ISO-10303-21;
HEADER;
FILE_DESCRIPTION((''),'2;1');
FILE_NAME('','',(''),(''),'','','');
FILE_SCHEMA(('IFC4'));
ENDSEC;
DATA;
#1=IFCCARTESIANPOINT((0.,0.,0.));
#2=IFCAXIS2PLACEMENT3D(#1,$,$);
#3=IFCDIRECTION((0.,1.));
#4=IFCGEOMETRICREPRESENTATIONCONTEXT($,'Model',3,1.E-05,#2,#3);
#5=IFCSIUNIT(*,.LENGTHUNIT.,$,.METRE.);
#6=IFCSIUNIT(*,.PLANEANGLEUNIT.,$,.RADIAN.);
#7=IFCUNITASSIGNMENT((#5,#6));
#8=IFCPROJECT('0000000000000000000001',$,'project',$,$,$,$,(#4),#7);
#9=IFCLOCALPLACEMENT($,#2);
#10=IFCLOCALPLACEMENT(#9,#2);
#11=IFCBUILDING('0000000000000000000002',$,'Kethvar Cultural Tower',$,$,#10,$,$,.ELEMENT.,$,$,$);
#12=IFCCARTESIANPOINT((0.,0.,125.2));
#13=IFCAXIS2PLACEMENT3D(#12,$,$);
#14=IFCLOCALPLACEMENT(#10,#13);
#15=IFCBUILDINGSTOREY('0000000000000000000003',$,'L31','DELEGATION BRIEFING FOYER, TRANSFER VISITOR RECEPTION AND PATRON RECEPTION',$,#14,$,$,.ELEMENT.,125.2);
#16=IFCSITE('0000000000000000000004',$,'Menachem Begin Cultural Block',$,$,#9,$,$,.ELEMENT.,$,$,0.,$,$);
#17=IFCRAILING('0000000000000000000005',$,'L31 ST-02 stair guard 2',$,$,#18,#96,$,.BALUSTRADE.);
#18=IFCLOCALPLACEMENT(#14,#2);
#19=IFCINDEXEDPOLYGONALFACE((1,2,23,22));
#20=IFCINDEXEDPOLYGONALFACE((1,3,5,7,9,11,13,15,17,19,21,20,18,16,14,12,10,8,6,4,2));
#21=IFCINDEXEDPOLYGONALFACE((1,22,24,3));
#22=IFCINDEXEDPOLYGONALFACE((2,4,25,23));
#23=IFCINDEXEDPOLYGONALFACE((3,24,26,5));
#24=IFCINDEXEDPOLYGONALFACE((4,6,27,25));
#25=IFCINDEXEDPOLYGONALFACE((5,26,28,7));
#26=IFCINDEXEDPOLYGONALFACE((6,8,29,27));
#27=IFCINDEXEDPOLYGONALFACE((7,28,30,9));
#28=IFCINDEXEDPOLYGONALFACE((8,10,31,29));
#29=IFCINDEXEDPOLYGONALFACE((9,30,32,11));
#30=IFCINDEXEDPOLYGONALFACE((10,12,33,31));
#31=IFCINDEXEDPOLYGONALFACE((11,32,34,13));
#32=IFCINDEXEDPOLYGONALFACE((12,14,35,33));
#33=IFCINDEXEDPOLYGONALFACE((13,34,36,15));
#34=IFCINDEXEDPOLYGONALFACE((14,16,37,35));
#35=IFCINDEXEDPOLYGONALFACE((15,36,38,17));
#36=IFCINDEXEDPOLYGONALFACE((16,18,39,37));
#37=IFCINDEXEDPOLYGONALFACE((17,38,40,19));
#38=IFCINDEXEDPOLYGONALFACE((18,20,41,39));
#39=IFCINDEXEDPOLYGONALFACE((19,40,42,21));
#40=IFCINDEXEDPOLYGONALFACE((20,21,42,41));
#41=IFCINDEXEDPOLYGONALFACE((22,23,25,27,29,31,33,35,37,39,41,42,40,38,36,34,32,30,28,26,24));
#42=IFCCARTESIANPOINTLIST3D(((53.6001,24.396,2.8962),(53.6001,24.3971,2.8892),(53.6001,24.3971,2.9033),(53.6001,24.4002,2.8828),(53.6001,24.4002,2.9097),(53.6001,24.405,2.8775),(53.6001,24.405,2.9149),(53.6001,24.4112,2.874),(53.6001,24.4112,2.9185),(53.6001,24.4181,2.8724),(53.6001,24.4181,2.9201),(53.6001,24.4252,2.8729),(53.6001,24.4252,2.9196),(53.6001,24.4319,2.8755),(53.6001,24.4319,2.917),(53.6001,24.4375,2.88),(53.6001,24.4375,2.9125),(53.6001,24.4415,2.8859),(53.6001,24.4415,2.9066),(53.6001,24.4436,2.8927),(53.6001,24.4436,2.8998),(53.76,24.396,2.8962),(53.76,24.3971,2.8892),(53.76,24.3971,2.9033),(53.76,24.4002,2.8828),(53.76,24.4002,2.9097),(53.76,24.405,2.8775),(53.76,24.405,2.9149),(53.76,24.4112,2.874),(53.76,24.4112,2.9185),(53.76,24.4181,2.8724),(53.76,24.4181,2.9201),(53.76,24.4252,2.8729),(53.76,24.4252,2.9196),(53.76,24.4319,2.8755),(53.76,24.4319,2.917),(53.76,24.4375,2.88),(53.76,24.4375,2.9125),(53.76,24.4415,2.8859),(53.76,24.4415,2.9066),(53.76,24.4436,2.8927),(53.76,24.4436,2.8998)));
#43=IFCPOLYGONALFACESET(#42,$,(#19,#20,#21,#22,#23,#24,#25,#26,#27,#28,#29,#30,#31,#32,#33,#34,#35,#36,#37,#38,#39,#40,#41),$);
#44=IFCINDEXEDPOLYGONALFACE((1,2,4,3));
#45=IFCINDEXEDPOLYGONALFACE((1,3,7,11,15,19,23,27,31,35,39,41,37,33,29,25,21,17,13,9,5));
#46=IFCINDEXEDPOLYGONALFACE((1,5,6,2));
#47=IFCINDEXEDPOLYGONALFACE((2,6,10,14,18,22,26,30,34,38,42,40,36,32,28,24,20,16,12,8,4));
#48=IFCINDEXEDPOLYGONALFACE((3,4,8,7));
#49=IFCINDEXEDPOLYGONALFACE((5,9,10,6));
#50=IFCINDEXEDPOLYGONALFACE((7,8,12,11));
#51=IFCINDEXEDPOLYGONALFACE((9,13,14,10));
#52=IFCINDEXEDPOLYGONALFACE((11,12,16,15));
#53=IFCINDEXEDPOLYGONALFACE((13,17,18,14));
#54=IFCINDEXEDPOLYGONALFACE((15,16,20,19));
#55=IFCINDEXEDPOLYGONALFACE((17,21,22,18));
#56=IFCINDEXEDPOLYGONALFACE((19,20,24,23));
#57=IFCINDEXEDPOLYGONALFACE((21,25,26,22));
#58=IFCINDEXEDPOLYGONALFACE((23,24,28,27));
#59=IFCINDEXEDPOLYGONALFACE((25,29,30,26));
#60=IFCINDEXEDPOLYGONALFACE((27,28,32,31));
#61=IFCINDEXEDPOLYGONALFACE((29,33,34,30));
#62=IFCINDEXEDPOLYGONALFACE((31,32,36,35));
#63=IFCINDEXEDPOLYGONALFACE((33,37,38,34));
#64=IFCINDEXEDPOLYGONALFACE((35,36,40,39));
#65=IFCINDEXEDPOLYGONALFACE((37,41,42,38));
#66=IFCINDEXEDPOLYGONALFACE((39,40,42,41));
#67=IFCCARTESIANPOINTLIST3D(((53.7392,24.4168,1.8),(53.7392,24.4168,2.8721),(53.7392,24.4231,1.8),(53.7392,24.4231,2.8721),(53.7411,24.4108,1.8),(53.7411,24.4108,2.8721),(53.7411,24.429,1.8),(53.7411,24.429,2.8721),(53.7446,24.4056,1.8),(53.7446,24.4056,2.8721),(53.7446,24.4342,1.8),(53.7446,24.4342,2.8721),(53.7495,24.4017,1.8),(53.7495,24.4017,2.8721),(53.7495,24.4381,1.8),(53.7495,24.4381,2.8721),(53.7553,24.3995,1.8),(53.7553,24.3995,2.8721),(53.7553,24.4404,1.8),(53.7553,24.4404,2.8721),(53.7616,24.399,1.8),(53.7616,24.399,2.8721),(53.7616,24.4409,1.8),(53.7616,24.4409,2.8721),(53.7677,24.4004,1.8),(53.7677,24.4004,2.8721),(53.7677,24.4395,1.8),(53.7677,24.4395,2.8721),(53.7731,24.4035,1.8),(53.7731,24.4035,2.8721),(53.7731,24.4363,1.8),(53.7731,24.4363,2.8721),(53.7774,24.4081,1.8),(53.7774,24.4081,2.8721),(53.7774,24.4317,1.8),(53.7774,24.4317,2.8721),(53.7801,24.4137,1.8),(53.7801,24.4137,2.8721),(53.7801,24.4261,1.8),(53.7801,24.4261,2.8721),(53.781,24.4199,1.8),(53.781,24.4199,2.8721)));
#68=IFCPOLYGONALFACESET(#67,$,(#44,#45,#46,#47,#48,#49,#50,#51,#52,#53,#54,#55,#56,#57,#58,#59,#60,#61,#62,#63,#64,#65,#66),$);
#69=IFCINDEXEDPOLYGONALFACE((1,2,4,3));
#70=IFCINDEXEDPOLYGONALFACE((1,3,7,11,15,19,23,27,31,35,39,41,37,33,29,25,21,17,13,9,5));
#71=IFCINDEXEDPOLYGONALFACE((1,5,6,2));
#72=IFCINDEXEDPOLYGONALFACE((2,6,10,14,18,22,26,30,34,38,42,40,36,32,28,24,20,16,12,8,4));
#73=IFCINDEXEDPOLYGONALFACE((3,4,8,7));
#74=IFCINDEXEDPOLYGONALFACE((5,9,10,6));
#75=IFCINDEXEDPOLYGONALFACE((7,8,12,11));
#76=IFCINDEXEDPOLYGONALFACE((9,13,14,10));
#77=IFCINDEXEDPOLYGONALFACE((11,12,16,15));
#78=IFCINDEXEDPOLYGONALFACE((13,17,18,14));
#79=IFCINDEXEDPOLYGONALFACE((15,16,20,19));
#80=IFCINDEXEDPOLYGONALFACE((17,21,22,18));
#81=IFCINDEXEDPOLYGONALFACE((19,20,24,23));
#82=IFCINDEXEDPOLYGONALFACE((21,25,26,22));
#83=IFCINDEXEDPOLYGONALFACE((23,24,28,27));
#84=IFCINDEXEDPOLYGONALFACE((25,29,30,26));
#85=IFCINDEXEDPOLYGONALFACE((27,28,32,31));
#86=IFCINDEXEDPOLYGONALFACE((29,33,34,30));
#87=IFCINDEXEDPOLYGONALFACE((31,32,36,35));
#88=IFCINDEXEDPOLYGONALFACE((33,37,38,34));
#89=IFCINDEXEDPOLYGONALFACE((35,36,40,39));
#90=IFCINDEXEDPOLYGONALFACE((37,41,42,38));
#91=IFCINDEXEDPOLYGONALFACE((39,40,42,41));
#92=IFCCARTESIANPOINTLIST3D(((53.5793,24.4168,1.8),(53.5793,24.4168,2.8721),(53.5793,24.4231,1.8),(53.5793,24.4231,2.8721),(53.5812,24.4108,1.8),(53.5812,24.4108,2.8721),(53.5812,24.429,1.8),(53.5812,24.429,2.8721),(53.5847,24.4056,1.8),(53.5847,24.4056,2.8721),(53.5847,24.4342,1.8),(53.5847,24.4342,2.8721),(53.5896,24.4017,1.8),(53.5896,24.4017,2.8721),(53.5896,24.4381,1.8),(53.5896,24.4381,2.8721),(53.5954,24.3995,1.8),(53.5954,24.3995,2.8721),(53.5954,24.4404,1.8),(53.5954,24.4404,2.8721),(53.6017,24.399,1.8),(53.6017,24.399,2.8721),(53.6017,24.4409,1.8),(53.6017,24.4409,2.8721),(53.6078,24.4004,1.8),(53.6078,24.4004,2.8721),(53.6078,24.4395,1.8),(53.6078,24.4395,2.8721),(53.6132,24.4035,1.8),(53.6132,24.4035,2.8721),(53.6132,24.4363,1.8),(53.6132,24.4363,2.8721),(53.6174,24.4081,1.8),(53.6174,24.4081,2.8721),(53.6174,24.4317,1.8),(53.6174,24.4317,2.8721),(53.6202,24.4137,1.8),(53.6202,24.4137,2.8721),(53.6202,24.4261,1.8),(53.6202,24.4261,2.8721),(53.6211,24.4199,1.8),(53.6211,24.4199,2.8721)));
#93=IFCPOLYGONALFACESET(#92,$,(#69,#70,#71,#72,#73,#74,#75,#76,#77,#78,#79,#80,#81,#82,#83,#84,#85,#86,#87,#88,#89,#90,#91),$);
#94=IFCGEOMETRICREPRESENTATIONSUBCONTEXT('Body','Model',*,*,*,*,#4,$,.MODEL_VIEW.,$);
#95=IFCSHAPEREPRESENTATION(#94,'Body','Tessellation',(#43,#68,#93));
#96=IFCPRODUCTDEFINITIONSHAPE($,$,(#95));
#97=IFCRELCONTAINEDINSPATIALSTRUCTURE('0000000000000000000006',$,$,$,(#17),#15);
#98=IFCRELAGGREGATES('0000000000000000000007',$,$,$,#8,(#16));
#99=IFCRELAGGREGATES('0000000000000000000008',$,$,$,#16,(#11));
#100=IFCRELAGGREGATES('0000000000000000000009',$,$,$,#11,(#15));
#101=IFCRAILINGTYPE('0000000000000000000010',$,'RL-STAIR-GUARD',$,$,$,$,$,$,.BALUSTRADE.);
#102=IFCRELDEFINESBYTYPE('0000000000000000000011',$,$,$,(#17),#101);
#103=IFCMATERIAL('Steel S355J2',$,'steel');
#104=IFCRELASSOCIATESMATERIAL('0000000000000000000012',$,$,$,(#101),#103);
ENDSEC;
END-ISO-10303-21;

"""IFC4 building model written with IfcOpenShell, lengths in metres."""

from ifc_helpers import new_model, si_unit, direction, frame, origin, origin_2d, place, context, subcontext, project, spatial, circle, extrude, material, type_object, element, save


model = new_model("IFC4")

# Units and contexts
model_context = context("Model", 3, precision=1e-05, world=origin(), true_north=direction((0.0, 1.0)))
body_context = subcontext(model_context, "Body", "Model", "MODEL_VIEW")
ifc_project = project(units=[si_unit("LENGTHUNIT", "METRE"), si_unit("PLANEANGLEUNIT", "RADIAN")], contexts=[model_context])

# Site, building, storey
site_placement = place(None, origin())
site = spatial("IfcSite", under=ifc_project, at=site_placement, Name="Menachem Begin Cultural Block", CompositionType="ELEMENT", RefElevation=0.0)
building_placement = place(site_placement, origin())
building = spatial("IfcBuilding", under=site, at=building_placement, Name="Kethvar Cultural Tower", CompositionType="ELEMENT")
storey_placement = place(building_placement, frame((0.0, 0.0, 125.2)))
storey = spatial("IfcBuildingStorey", under=building, at=storey_placement, Name="L31", Description="DELEGATION BRIEFING FOYER, TRANSFER VISITOR RECEPTION AND PATRON RECEPTION", CompositionType="ELEMENT", Elevation=125.2)

# Shared definitions
ifc_material_1 = material(Name="Steel S355J2", Category="steel")

# Railing
railing_type_1 = type_object("IfcRailingType", Name="RL-STAIR-GUARD", PredefinedType="BALUSTRADE", material=ifc_material_1)
railing_1_placement = place(storey_placement, frame((53.76, 24.4199, 1.8)))
element("IfcRailing", 1, at=railing_1_placement, inside=storey, type_object=railing_type_1, Name="L31 ST-02 stair guard 2", PredefinedType="BALUSTRADE", context=body_context, shape_type="SweptSolid", body=[
    extrude(circle(Radius=0.0239, at=origin_2d()), frame((0.0, 0.0, 1.0962), z_axis=(-1.0, 0.0, 0.0), x_axis=(0.0, -1.0, 0.0)), (0.0, 0.0, 1.0), 0.1599),
    extrude(circle(Radius=0.021, at=origin_2d()), origin(), (0.0, 0.0, 1.0), 1.072),
    extrude(circle(Radius=0.021, at=origin_2d()), frame((-0.1599, 0.0, 0.0)), (0.0, 0.0, 1.0), 1.072),
])

save(model, "model.ifc")
